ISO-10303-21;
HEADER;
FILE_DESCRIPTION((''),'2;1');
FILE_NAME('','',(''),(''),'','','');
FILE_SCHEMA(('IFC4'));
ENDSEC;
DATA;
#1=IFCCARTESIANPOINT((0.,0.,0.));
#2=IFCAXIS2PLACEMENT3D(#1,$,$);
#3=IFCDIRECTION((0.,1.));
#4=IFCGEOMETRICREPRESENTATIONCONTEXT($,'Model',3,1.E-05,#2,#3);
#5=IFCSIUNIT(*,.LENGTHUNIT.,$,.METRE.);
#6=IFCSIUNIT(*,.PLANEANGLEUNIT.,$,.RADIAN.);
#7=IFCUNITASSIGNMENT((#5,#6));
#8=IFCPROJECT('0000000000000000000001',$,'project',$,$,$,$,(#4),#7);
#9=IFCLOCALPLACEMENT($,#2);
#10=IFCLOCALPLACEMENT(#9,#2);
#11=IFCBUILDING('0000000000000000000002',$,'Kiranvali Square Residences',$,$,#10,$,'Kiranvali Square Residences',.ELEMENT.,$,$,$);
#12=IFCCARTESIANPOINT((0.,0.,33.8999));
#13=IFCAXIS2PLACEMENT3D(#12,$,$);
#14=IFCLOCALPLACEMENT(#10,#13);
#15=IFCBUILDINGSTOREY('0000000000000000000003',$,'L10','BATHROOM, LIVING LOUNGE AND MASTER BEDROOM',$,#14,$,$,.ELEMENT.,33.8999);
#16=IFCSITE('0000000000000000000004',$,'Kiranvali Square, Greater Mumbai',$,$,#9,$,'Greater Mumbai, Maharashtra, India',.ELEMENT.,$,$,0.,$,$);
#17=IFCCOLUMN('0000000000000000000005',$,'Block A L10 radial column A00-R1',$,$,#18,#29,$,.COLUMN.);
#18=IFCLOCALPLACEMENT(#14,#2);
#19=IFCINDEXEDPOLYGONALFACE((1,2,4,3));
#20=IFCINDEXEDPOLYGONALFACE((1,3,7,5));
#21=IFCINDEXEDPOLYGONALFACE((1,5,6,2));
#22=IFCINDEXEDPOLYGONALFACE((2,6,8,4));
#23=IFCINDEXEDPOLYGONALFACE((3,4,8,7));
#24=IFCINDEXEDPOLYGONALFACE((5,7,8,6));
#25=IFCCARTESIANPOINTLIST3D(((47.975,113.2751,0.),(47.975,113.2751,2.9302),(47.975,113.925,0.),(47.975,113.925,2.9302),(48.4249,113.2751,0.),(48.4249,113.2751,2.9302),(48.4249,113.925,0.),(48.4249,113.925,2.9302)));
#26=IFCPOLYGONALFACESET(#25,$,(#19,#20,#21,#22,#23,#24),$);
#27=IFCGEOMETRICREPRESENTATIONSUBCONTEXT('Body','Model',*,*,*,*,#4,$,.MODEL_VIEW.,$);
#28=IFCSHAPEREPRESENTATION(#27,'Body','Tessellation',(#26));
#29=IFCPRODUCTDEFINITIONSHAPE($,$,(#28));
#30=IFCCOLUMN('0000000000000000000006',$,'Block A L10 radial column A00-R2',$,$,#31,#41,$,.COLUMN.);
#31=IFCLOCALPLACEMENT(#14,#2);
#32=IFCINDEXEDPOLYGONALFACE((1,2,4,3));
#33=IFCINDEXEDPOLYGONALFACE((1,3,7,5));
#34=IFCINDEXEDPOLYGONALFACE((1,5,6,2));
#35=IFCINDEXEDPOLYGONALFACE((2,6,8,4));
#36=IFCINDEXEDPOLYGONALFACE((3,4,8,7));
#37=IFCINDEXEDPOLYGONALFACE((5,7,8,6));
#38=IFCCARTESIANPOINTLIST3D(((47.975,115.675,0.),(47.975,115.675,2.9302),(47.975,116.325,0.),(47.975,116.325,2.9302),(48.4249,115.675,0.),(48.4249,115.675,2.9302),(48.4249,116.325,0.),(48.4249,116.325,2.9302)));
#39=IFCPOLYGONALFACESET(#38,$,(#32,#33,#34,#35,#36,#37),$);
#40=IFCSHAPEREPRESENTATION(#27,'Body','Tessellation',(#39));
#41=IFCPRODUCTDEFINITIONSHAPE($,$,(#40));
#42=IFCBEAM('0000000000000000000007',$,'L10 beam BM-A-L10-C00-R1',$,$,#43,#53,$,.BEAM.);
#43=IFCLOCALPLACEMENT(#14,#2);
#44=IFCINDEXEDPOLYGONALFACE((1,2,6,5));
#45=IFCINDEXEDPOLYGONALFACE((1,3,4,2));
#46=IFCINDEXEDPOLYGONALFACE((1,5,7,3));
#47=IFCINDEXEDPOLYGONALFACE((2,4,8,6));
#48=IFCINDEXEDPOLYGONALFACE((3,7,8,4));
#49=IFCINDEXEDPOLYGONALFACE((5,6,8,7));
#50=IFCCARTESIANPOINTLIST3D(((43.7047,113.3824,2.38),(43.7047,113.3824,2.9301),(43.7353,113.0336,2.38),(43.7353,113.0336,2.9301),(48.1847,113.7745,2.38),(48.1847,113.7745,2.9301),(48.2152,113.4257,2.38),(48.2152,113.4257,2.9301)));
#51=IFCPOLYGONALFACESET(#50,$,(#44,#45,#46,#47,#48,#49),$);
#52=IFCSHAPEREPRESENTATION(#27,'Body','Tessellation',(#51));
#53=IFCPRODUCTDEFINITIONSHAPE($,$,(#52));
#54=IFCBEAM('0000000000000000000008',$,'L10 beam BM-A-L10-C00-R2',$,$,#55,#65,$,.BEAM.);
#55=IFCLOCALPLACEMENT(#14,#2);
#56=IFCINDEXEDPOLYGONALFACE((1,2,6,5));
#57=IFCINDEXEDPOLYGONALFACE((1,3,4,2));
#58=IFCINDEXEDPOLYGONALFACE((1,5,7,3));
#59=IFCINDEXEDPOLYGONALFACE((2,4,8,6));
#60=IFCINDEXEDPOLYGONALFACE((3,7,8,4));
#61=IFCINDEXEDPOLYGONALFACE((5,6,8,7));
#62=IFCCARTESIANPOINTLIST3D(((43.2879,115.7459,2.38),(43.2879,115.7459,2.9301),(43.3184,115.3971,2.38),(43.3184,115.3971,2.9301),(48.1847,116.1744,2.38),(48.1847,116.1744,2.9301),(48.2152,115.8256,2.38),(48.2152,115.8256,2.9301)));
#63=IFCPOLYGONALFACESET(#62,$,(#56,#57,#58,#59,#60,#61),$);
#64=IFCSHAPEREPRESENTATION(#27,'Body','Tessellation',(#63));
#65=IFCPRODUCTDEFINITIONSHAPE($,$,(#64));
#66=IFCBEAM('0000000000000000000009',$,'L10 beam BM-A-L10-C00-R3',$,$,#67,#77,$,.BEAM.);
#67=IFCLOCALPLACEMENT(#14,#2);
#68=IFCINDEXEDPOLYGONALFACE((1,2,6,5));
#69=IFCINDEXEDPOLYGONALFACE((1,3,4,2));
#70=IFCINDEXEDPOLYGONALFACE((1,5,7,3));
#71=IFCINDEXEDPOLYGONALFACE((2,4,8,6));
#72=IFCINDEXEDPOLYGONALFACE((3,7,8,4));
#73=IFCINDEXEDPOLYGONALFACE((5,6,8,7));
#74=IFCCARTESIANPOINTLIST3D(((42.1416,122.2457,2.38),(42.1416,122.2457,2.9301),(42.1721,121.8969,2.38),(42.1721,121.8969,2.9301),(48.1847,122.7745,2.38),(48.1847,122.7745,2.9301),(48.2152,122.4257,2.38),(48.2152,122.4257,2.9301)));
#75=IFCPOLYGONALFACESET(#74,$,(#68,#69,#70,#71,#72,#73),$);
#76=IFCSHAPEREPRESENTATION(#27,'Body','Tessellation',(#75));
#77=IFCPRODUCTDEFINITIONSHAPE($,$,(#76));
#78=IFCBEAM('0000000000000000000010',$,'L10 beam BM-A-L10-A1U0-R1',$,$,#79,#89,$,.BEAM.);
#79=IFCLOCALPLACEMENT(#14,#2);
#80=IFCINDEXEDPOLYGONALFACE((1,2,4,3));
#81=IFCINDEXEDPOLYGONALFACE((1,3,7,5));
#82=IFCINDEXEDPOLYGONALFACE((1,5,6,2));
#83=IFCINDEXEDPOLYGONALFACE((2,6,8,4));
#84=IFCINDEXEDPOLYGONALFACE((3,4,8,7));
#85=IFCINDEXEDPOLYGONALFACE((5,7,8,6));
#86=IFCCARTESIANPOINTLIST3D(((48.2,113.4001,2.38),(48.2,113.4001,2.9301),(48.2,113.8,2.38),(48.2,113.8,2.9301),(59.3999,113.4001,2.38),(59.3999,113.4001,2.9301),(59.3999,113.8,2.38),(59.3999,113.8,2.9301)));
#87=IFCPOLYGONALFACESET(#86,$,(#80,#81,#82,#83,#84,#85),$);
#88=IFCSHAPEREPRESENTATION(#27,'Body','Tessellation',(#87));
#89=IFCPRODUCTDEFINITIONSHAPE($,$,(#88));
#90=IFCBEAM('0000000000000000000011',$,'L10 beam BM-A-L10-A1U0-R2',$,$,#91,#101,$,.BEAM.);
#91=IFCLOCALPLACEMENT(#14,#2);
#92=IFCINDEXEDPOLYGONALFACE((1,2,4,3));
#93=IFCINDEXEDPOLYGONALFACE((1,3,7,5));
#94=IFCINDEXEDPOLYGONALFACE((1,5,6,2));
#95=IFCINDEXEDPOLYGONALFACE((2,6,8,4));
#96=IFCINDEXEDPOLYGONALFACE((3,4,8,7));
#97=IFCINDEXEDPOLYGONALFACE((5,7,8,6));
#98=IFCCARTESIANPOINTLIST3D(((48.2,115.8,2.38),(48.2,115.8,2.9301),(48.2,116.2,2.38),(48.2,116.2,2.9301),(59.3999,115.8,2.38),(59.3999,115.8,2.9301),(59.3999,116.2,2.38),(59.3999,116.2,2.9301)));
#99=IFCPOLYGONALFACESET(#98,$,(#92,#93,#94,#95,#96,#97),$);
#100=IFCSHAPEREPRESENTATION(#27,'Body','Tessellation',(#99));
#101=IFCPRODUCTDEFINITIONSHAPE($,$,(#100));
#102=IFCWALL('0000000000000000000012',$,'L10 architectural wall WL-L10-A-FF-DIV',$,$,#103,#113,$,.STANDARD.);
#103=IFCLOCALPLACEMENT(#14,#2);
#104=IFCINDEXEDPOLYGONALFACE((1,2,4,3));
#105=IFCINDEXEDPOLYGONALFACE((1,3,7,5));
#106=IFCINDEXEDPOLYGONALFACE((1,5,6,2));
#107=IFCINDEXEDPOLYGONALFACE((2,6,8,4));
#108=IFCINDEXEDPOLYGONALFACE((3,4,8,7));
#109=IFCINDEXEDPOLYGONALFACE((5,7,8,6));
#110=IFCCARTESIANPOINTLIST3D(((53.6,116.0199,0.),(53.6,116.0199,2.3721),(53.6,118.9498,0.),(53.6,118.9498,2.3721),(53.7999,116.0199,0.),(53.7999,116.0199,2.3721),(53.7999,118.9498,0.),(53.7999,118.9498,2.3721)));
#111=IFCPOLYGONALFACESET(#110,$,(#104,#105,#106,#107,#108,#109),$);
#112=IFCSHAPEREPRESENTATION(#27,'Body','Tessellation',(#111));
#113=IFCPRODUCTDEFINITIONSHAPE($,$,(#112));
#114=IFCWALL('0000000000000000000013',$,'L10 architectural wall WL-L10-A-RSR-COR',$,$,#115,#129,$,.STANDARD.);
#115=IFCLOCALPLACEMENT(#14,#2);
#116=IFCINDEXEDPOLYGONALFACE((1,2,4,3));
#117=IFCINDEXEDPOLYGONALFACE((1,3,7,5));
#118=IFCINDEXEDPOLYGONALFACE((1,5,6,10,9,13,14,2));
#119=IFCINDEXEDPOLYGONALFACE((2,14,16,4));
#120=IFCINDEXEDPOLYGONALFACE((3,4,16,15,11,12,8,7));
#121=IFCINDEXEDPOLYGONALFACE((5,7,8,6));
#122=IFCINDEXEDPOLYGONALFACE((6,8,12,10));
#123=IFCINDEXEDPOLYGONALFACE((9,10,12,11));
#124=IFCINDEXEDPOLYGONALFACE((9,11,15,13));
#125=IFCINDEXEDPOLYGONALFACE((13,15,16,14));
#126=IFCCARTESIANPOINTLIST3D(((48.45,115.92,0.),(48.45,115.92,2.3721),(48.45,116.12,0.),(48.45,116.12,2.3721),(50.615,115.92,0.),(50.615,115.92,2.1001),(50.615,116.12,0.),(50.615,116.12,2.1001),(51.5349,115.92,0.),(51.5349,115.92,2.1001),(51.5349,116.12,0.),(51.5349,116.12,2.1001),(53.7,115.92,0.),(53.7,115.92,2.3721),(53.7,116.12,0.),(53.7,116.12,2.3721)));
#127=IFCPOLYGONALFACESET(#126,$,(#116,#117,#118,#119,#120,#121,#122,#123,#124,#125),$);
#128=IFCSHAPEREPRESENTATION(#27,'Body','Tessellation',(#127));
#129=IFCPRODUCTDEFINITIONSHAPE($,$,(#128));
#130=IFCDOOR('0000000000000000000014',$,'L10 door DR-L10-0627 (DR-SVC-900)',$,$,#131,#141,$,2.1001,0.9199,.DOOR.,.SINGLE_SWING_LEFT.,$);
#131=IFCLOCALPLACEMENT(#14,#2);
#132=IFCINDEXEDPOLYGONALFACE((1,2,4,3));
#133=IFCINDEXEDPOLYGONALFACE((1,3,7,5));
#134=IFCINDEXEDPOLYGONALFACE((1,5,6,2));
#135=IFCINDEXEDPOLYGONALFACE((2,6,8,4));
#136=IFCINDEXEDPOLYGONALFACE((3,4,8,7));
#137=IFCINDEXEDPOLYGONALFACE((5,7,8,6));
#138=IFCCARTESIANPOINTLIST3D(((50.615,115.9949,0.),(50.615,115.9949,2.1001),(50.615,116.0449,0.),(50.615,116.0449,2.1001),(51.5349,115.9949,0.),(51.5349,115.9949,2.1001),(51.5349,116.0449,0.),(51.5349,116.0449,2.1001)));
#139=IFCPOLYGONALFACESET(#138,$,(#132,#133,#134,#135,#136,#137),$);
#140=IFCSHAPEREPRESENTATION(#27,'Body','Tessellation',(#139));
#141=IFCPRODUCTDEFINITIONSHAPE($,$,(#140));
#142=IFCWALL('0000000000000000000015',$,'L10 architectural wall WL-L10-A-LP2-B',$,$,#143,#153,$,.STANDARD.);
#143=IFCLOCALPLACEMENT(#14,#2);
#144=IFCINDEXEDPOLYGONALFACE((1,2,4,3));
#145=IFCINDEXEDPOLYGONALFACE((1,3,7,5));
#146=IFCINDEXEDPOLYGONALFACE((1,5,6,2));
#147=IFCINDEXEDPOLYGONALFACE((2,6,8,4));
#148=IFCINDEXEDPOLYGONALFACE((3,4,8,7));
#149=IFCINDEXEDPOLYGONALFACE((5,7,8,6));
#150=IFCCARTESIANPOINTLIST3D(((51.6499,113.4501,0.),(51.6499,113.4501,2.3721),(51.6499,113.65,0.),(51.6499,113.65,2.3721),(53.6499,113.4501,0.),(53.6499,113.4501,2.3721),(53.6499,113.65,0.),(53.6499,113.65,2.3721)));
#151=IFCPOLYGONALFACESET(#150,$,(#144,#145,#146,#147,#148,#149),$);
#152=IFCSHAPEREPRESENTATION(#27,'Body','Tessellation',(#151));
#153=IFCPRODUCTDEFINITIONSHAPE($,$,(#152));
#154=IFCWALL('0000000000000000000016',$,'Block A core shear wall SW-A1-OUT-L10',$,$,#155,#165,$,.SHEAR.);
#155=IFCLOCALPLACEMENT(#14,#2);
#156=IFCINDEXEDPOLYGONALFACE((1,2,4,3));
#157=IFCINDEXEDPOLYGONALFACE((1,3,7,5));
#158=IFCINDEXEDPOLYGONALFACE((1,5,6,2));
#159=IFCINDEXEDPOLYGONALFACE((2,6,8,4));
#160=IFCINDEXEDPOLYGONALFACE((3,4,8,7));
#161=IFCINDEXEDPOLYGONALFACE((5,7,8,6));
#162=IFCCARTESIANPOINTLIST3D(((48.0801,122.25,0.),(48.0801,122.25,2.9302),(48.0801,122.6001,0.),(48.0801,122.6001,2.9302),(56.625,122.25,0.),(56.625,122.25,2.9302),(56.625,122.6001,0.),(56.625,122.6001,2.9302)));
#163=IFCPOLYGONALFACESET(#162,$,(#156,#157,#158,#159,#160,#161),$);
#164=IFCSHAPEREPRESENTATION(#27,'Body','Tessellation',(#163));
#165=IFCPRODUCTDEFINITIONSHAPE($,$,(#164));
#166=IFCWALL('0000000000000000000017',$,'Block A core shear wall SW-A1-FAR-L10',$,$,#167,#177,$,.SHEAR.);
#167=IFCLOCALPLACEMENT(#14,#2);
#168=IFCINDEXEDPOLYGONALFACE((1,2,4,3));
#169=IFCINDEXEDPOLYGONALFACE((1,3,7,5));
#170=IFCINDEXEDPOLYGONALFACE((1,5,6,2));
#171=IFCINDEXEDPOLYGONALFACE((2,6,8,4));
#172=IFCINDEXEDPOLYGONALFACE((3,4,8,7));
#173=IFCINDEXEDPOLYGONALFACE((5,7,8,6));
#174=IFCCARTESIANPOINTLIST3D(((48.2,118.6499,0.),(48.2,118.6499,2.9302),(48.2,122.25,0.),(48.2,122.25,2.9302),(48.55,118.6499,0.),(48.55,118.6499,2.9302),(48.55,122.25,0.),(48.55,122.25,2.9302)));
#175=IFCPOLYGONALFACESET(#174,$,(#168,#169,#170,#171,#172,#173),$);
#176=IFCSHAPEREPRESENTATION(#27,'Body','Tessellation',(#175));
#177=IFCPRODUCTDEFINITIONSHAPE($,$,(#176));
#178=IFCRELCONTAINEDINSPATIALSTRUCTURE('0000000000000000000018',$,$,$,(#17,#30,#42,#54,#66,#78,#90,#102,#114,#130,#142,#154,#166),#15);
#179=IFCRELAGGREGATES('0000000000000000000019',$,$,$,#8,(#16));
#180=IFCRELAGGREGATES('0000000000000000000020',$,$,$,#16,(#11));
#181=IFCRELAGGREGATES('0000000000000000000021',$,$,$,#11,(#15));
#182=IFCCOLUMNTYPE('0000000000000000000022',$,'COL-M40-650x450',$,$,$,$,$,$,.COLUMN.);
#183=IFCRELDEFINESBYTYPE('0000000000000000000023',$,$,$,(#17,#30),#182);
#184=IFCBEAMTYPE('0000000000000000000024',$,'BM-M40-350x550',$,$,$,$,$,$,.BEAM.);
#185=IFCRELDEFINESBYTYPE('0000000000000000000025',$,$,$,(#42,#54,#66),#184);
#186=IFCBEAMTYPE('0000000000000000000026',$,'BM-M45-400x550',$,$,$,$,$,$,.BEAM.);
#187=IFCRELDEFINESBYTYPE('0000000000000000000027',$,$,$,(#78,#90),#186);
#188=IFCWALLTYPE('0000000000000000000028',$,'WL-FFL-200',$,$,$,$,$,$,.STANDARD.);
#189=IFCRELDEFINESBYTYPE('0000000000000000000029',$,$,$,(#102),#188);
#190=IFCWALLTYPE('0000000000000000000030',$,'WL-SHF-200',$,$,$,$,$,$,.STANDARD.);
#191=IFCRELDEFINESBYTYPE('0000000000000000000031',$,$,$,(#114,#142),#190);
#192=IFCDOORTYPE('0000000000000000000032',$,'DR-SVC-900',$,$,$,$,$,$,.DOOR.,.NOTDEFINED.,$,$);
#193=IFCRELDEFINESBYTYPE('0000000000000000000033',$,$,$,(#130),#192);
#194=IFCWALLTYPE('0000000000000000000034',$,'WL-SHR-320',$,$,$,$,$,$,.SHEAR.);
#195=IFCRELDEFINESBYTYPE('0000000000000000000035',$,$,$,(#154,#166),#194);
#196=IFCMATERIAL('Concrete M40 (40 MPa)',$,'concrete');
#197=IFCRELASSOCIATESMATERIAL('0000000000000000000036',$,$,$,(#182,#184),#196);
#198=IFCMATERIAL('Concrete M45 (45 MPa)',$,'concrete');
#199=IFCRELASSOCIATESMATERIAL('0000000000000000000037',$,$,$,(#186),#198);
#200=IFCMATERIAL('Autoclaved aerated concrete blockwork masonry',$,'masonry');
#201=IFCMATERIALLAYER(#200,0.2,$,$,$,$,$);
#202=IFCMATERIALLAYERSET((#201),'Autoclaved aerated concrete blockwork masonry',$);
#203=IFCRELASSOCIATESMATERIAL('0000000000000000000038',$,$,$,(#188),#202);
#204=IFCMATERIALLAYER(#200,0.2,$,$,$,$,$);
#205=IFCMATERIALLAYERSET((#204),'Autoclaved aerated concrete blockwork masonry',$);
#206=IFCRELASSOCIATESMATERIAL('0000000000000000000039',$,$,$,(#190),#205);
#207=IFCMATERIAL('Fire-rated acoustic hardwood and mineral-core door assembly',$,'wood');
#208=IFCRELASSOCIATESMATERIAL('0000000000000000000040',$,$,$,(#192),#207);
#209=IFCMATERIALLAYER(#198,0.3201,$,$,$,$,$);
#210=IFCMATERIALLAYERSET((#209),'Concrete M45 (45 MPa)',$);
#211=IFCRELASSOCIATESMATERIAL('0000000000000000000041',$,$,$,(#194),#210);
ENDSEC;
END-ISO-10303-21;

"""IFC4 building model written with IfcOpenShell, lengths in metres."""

from ifc_helpers import new_model, si_unit, direction, frame, frame_2d, origin, origin_2d, place, context, subcontext, project, spatial, rectangle, extrude, material, layer, layer_set, material_profile, profile_set, type_object, element, fill, save


model = new_model("IFC4")

# Units and contexts
model_context = context("Model", 3, precision=1e-05, world=origin(), true_north=direction((0.0, 1.0)))
body_context = subcontext(model_context, "Body", "Model", "MODEL_VIEW")
ifc_project = project(units=[si_unit("LENGTHUNIT", "METRE"), si_unit("PLANEANGLEUNIT", "RADIAN")], contexts=[model_context])

# Site, building, storey
site_placement = place(None, origin())
site = spatial("IfcSite", under=ifc_project, at=site_placement, Name="Kiranvali Square, Greater Mumbai", LongName="Greater Mumbai, Maharashtra, India", CompositionType="ELEMENT", RefElevation=0.0)
building_placement = place(site_placement, origin())
building = spatial("IfcBuilding", under=site, at=building_placement, Name="Kiranvali Square Residences", LongName="Kiranvali Square Residences", CompositionType="ELEMENT")
storey_placement = place(building_placement, frame((0.0, 0.0, 33.8999)))
storey = spatial("IfcBuildingStorey", under=building, at=storey_placement, Name="L10", Description="BATHROOM, LIVING LOUNGE AND MASTER BEDROOM", CompositionType="ELEMENT", Elevation=33.8999)

# Columns
ifc_material_1 = material(Name="Concrete M40 (40 MPa)", Category="concrete")
ifc_material_profile_1 = material_profile(ifc_material_1, rectangle(XDim=0.45, YDim=0.6499, at=origin_2d()), Name="RC 650x450")
ifc_profile_set_1 = profile_set([ifc_material_profile_1], Name="Concrete M40 (40 MPa)")
column_type = type_object("IfcColumnType", Name="COL-M40-650x450", PredefinedType="COLUMN", material=ifc_profile_set_1)
for number, where, z_axis, x_axis, name in (
    (1, (48.2, 113.6001, 0.0), (0.0, 0.0, 1.0), (1.0, 0.0, 0.0), "Block A L10 radial column A00-R1"),
    (2, (48.2, 116.0, 0.0), (0.0, 0.0, 1.0), (1.0, 0.0, 0.0), "Block A L10 radial column A00-R2"),
):
    element("IfcColumn", number, at=place(storey_placement, frame(where, z_axis=z_axis, x_axis=x_axis)), inside=storey, type_object=column_type, Name=name, PredefinedType="COLUMN", context=body_context, shape_type="SweptSolid", body=[
        extrude(rectangle(XDim=0.45, YDim=0.6499, at=origin_2d()), origin(), (0.0, 0.0, 1.0), 2.9302),
    ])

# Beams
ifc_material_profile_2 = material_profile(ifc_material_1, rectangle(XDim=0.3501, YDim=0.55, at=origin_2d()), Name="RC 350x550")
ifc_profile_set_2 = profile_set([ifc_material_profile_2], Name="Concrete M40 (40 MPa)")
beam_type_1 = type_object("IfcBeamType", Name="BM-M40-350x550", PredefinedType="BEAM", material=ifc_profile_set_2)
beam_1_placement = place(storey_placement, frame((48.2, 113.6001, 2.655), z_axis=(-0.996192, -0.087187, 0.0), x_axis=(0.087187, -0.996192, 0.0)))
element("IfcBeam", 3, at=beam_1_placement, inside=storey, type_object=beam_type_1, Name="L10 beam BM-A-L10-C00-R1", PredefinedType="BEAM", context=body_context, shape_type="SweptSolid", body=[
    extrude(rectangle(XDim=0.3501, YDim=0.55, at=origin_2d()), origin(), (0.0, 0.0, 1.0), 4.4971),
])
beam_2_placement = place(storey_placement, frame((48.2, 116.0, 2.655), z_axis=(-0.996194, -0.087168, 0.0), x_axis=(0.087168, -0.996194, 0.0)))
element("IfcBeam", 4, at=beam_2_placement, inside=storey, type_object=beam_type_1, Name="L10 beam BM-A-L10-C00-R2", PredefinedType="BEAM", context=body_context, shape_type="SweptSolid", body=[
    extrude(rectangle(XDim=0.3501, YDim=0.55, at=origin_2d()), origin(), (0.0, 0.0, 1.0), 4.9155),
])
beam_3_placement = place(storey_placement, frame((48.2, 122.6001, 2.655), z_axis=(-0.996193, -0.087175, 0.0), x_axis=(0.087175, -0.996193, 0.0)))
element("IfcBeam", 5, at=beam_3_placement, inside=storey, type_object=beam_type_1, Name="L10 beam BM-A-L10-C00-R3", PredefinedType="BEAM", context=body_context, shape_type="SweptSolid", body=[
    extrude(rectangle(XDim=0.3501, YDim=0.55, at=origin_2d()), origin(), (0.0, 0.0, 1.0), 6.0662),
])
ifc_material_2 = material(Name="Concrete M45 (45 MPa)", Category="concrete")
ifc_material_profile_3 = material_profile(ifc_material_2, rectangle(XDim=0.3999, YDim=0.55, at=origin_2d()), Name="RC 400x550")
ifc_profile_set_3 = profile_set([ifc_material_profile_3], Name="Concrete M45 (45 MPa)")
beam_type_2 = type_object("IfcBeamType", Name="BM-M45-400x550", PredefinedType="BEAM", material=ifc_profile_set_3)
for number, where, z_axis, x_axis, name in (
    (6, (48.2, 113.6001, 2.655), (1.0, 0.0, 0.0), (0.0, 1.0, 0.0), "L10 beam BM-A-L10-A1U0-R1"),
    (7, (48.2, 116.0, 2.655), (1.0, 0.0, 0.0), (0.0, 1.0, 0.0), "L10 beam BM-A-L10-A1U0-R2"),
):
    element("IfcBeam", number, at=place(storey_placement, frame(where, z_axis=z_axis, x_axis=x_axis)), inside=storey, type_object=beam_type_2, Name=name, PredefinedType="BEAM", context=body_context, shape_type="SweptSolid", body=[
        extrude(rectangle(XDim=0.3999, YDim=0.55, at=origin_2d()), origin(), (0.0, 0.0, 1.0), 11.2),
    ])

# Shared definitions
ifc_material_3 = material(Name="Autoclaved aerated concrete blockwork masonry", Category="masonry")
ifc_material_4 = material(Name="Fire-rated acoustic hardwood and mineral-core door assembly", Category="wood")
ifc_layer_1 = layer(ifc_material_3, 0.2)
ifc_layer_set_1 = layer_set([ifc_layer_1], Name="Autoclaved aerated concrete blockwork masonry")
wall_type_1 = type_object("IfcWallType", Name="WL-FFL-200", PredefinedType="STANDARD", material=ifc_layer_set_1)

# Wall
wall_1_placement = place(storey_placement, frame((53.7, 116.02, 0.0), z_axis=(0.0, 0.0, 1.0), x_axis=(0.0, 1.0, 0.0)))
element("IfcWall", 8, at=wall_1_placement, inside=storey, type_object=wall_type_1, Name="L10 architectural wall WL-L10-A-FF-DIV", PredefinedType="STANDARD", context=body_context, shape_type="SweptSolid", body=[
    extrude(rectangle(XDim=2.9299, YDim=0.2, at=frame_2d((1.4648, 0.0))), origin(), (0.0, 0.0, 1.0), 2.3721),
])

# Wall, opening, door
ifc_layer_2 = layer(ifc_material_3, 0.2)
ifc_layer_set_2 = layer_set([ifc_layer_2], Name="Autoclaved aerated concrete blockwork masonry")
wall_type_2 = type_object("IfcWallType", Name="WL-SHF-200", PredefinedType="STANDARD", material=ifc_layer_set_2)
wall_2_placement = place(storey_placement, frame((48.45, 116.02, 0.0), z_axis=(0.0, 0.0, 1.0), x_axis=(1.0, 0.0, 0.0)))
wall_2 = element("IfcWall", 9, at=wall_2_placement, inside=storey, type_object=wall_type_2, Name="L10 architectural wall WL-L10-A-RSR-COR", PredefinedType="STANDARD", context=body_context, shape_type="SweptSolid", body=[
    extrude(rectangle(XDim=5.25, YDim=0.2, at=frame_2d((2.625, 0.0))), origin(), (0.0, 0.0, 1.0), 2.3721),
])
opening_1_placement = place(wall_2_placement, frame((2.165, 0.0, 0.0)))
opening_1 = element("IfcOpeningElement", 10, at=opening_1_placement, cuts=wall_2, PredefinedType="OPENING", context=body_context, shape_type="SweptSolid", body=[
    extrude(rectangle(XDim=0.9199, YDim=2.1001, at=frame_2d((0.46, 1.05))), frame((0.0, 0.1099, 0.0), z_axis=(0.0, -1.0, 0.0), x_axis=(1.0, 0.0, 0.0)), (0.0, 0.0, 1.0), 0.22),
])
door_type_1 = type_object("IfcDoorType", Name="DR-SVC-900", OperationType="NOTDEFINED", PredefinedType="DOOR", material=ifc_material_4)
door_1_placement = place(opening_1_placement, origin())
door_1 = element("IfcDoor", 11, at=door_1_placement, inside=storey, type_object=door_type_1, Name="L10 door DR-L10-0627 (DR-SVC-900)", OperationType="SINGLE_SWING_LEFT", OverallHeight=2.1001, OverallWidth=0.9199, PredefinedType="DOOR", context=body_context, shape_type="SweptSolid", body=[
    extrude(rectangle(XDim=0.9199, YDim=2.1001, at=frame_2d((0.46, 1.05))), frame((0.0, 0.0249, 0.0), z_axis=(0.0, -1.0, 0.0), x_axis=(1.0, 0.0, 0.0)), (0.0, 0.0, 1.0), 0.05),
])
fill(opening_1, door_1)

# Walls
wall_3_placement = place(storey_placement, frame((51.6499, 113.55, 0.0), z_axis=(0.0, 0.0, 1.0), x_axis=(1.0, 0.0, 0.0)))
element("IfcWall", 12, at=wall_3_placement, inside=storey, type_object=wall_type_2, Name="L10 architectural wall WL-L10-A-LP2-B", PredefinedType="STANDARD", context=body_context, shape_type="SweptSolid", body=[
    extrude(rectangle(XDim=2.0, YDim=0.2, at=frame_2d((1.0, 0.0))), origin(), (0.0, 0.0, 1.0), 2.3721),
])
ifc_layer_3 = layer(ifc_material_2, 0.3201)
ifc_layer_set_3 = layer_set([ifc_layer_3], Name="Concrete M45 (45 MPa)")
wall_type_3 = type_object("IfcWallType", Name="WL-SHR-320", PredefinedType="SHEAR", material=ifc_layer_set_3)
wall_4_placement = place(storey_placement, frame((48.0801, 122.425, 0.0), z_axis=(0.0, 0.0, 1.0), x_axis=(1.0, 0.0, 0.0)))
element("IfcWall", 13, at=wall_4_placement, inside=storey, type_object=wall_type_3, Name="Block A core shear wall SW-A1-OUT-L10", PredefinedType="SHEAR", context=body_context, shape_type="SweptSolid", body=[
    extrude(rectangle(XDim=8.5449, YDim=0.3501, at=frame_2d((4.2725, 0.0))), origin(), (0.0, 0.0, 1.0), 2.9302),
])

# Wall
wall_5_placement = place(storey_placement, frame((48.375, 118.6499, 0.0), z_axis=(0.0, 0.0, 1.0), x_axis=(0.0, 1.0, 0.0)))
element("IfcWall", 14, at=wall_5_placement, inside=storey, type_object=wall_type_3, Name="Block A core shear wall SW-A1-FAR-L10", PredefinedType="SHEAR", context=body_context, shape_type="SweptSolid", body=[
    extrude(rectangle(XDim=3.6001, YDim=0.3501, at=frame_2d((1.8, 0.0))), origin(), (0.0, 0.0, 1.0), 2.9302),
])

save(model, "model.ifc")
